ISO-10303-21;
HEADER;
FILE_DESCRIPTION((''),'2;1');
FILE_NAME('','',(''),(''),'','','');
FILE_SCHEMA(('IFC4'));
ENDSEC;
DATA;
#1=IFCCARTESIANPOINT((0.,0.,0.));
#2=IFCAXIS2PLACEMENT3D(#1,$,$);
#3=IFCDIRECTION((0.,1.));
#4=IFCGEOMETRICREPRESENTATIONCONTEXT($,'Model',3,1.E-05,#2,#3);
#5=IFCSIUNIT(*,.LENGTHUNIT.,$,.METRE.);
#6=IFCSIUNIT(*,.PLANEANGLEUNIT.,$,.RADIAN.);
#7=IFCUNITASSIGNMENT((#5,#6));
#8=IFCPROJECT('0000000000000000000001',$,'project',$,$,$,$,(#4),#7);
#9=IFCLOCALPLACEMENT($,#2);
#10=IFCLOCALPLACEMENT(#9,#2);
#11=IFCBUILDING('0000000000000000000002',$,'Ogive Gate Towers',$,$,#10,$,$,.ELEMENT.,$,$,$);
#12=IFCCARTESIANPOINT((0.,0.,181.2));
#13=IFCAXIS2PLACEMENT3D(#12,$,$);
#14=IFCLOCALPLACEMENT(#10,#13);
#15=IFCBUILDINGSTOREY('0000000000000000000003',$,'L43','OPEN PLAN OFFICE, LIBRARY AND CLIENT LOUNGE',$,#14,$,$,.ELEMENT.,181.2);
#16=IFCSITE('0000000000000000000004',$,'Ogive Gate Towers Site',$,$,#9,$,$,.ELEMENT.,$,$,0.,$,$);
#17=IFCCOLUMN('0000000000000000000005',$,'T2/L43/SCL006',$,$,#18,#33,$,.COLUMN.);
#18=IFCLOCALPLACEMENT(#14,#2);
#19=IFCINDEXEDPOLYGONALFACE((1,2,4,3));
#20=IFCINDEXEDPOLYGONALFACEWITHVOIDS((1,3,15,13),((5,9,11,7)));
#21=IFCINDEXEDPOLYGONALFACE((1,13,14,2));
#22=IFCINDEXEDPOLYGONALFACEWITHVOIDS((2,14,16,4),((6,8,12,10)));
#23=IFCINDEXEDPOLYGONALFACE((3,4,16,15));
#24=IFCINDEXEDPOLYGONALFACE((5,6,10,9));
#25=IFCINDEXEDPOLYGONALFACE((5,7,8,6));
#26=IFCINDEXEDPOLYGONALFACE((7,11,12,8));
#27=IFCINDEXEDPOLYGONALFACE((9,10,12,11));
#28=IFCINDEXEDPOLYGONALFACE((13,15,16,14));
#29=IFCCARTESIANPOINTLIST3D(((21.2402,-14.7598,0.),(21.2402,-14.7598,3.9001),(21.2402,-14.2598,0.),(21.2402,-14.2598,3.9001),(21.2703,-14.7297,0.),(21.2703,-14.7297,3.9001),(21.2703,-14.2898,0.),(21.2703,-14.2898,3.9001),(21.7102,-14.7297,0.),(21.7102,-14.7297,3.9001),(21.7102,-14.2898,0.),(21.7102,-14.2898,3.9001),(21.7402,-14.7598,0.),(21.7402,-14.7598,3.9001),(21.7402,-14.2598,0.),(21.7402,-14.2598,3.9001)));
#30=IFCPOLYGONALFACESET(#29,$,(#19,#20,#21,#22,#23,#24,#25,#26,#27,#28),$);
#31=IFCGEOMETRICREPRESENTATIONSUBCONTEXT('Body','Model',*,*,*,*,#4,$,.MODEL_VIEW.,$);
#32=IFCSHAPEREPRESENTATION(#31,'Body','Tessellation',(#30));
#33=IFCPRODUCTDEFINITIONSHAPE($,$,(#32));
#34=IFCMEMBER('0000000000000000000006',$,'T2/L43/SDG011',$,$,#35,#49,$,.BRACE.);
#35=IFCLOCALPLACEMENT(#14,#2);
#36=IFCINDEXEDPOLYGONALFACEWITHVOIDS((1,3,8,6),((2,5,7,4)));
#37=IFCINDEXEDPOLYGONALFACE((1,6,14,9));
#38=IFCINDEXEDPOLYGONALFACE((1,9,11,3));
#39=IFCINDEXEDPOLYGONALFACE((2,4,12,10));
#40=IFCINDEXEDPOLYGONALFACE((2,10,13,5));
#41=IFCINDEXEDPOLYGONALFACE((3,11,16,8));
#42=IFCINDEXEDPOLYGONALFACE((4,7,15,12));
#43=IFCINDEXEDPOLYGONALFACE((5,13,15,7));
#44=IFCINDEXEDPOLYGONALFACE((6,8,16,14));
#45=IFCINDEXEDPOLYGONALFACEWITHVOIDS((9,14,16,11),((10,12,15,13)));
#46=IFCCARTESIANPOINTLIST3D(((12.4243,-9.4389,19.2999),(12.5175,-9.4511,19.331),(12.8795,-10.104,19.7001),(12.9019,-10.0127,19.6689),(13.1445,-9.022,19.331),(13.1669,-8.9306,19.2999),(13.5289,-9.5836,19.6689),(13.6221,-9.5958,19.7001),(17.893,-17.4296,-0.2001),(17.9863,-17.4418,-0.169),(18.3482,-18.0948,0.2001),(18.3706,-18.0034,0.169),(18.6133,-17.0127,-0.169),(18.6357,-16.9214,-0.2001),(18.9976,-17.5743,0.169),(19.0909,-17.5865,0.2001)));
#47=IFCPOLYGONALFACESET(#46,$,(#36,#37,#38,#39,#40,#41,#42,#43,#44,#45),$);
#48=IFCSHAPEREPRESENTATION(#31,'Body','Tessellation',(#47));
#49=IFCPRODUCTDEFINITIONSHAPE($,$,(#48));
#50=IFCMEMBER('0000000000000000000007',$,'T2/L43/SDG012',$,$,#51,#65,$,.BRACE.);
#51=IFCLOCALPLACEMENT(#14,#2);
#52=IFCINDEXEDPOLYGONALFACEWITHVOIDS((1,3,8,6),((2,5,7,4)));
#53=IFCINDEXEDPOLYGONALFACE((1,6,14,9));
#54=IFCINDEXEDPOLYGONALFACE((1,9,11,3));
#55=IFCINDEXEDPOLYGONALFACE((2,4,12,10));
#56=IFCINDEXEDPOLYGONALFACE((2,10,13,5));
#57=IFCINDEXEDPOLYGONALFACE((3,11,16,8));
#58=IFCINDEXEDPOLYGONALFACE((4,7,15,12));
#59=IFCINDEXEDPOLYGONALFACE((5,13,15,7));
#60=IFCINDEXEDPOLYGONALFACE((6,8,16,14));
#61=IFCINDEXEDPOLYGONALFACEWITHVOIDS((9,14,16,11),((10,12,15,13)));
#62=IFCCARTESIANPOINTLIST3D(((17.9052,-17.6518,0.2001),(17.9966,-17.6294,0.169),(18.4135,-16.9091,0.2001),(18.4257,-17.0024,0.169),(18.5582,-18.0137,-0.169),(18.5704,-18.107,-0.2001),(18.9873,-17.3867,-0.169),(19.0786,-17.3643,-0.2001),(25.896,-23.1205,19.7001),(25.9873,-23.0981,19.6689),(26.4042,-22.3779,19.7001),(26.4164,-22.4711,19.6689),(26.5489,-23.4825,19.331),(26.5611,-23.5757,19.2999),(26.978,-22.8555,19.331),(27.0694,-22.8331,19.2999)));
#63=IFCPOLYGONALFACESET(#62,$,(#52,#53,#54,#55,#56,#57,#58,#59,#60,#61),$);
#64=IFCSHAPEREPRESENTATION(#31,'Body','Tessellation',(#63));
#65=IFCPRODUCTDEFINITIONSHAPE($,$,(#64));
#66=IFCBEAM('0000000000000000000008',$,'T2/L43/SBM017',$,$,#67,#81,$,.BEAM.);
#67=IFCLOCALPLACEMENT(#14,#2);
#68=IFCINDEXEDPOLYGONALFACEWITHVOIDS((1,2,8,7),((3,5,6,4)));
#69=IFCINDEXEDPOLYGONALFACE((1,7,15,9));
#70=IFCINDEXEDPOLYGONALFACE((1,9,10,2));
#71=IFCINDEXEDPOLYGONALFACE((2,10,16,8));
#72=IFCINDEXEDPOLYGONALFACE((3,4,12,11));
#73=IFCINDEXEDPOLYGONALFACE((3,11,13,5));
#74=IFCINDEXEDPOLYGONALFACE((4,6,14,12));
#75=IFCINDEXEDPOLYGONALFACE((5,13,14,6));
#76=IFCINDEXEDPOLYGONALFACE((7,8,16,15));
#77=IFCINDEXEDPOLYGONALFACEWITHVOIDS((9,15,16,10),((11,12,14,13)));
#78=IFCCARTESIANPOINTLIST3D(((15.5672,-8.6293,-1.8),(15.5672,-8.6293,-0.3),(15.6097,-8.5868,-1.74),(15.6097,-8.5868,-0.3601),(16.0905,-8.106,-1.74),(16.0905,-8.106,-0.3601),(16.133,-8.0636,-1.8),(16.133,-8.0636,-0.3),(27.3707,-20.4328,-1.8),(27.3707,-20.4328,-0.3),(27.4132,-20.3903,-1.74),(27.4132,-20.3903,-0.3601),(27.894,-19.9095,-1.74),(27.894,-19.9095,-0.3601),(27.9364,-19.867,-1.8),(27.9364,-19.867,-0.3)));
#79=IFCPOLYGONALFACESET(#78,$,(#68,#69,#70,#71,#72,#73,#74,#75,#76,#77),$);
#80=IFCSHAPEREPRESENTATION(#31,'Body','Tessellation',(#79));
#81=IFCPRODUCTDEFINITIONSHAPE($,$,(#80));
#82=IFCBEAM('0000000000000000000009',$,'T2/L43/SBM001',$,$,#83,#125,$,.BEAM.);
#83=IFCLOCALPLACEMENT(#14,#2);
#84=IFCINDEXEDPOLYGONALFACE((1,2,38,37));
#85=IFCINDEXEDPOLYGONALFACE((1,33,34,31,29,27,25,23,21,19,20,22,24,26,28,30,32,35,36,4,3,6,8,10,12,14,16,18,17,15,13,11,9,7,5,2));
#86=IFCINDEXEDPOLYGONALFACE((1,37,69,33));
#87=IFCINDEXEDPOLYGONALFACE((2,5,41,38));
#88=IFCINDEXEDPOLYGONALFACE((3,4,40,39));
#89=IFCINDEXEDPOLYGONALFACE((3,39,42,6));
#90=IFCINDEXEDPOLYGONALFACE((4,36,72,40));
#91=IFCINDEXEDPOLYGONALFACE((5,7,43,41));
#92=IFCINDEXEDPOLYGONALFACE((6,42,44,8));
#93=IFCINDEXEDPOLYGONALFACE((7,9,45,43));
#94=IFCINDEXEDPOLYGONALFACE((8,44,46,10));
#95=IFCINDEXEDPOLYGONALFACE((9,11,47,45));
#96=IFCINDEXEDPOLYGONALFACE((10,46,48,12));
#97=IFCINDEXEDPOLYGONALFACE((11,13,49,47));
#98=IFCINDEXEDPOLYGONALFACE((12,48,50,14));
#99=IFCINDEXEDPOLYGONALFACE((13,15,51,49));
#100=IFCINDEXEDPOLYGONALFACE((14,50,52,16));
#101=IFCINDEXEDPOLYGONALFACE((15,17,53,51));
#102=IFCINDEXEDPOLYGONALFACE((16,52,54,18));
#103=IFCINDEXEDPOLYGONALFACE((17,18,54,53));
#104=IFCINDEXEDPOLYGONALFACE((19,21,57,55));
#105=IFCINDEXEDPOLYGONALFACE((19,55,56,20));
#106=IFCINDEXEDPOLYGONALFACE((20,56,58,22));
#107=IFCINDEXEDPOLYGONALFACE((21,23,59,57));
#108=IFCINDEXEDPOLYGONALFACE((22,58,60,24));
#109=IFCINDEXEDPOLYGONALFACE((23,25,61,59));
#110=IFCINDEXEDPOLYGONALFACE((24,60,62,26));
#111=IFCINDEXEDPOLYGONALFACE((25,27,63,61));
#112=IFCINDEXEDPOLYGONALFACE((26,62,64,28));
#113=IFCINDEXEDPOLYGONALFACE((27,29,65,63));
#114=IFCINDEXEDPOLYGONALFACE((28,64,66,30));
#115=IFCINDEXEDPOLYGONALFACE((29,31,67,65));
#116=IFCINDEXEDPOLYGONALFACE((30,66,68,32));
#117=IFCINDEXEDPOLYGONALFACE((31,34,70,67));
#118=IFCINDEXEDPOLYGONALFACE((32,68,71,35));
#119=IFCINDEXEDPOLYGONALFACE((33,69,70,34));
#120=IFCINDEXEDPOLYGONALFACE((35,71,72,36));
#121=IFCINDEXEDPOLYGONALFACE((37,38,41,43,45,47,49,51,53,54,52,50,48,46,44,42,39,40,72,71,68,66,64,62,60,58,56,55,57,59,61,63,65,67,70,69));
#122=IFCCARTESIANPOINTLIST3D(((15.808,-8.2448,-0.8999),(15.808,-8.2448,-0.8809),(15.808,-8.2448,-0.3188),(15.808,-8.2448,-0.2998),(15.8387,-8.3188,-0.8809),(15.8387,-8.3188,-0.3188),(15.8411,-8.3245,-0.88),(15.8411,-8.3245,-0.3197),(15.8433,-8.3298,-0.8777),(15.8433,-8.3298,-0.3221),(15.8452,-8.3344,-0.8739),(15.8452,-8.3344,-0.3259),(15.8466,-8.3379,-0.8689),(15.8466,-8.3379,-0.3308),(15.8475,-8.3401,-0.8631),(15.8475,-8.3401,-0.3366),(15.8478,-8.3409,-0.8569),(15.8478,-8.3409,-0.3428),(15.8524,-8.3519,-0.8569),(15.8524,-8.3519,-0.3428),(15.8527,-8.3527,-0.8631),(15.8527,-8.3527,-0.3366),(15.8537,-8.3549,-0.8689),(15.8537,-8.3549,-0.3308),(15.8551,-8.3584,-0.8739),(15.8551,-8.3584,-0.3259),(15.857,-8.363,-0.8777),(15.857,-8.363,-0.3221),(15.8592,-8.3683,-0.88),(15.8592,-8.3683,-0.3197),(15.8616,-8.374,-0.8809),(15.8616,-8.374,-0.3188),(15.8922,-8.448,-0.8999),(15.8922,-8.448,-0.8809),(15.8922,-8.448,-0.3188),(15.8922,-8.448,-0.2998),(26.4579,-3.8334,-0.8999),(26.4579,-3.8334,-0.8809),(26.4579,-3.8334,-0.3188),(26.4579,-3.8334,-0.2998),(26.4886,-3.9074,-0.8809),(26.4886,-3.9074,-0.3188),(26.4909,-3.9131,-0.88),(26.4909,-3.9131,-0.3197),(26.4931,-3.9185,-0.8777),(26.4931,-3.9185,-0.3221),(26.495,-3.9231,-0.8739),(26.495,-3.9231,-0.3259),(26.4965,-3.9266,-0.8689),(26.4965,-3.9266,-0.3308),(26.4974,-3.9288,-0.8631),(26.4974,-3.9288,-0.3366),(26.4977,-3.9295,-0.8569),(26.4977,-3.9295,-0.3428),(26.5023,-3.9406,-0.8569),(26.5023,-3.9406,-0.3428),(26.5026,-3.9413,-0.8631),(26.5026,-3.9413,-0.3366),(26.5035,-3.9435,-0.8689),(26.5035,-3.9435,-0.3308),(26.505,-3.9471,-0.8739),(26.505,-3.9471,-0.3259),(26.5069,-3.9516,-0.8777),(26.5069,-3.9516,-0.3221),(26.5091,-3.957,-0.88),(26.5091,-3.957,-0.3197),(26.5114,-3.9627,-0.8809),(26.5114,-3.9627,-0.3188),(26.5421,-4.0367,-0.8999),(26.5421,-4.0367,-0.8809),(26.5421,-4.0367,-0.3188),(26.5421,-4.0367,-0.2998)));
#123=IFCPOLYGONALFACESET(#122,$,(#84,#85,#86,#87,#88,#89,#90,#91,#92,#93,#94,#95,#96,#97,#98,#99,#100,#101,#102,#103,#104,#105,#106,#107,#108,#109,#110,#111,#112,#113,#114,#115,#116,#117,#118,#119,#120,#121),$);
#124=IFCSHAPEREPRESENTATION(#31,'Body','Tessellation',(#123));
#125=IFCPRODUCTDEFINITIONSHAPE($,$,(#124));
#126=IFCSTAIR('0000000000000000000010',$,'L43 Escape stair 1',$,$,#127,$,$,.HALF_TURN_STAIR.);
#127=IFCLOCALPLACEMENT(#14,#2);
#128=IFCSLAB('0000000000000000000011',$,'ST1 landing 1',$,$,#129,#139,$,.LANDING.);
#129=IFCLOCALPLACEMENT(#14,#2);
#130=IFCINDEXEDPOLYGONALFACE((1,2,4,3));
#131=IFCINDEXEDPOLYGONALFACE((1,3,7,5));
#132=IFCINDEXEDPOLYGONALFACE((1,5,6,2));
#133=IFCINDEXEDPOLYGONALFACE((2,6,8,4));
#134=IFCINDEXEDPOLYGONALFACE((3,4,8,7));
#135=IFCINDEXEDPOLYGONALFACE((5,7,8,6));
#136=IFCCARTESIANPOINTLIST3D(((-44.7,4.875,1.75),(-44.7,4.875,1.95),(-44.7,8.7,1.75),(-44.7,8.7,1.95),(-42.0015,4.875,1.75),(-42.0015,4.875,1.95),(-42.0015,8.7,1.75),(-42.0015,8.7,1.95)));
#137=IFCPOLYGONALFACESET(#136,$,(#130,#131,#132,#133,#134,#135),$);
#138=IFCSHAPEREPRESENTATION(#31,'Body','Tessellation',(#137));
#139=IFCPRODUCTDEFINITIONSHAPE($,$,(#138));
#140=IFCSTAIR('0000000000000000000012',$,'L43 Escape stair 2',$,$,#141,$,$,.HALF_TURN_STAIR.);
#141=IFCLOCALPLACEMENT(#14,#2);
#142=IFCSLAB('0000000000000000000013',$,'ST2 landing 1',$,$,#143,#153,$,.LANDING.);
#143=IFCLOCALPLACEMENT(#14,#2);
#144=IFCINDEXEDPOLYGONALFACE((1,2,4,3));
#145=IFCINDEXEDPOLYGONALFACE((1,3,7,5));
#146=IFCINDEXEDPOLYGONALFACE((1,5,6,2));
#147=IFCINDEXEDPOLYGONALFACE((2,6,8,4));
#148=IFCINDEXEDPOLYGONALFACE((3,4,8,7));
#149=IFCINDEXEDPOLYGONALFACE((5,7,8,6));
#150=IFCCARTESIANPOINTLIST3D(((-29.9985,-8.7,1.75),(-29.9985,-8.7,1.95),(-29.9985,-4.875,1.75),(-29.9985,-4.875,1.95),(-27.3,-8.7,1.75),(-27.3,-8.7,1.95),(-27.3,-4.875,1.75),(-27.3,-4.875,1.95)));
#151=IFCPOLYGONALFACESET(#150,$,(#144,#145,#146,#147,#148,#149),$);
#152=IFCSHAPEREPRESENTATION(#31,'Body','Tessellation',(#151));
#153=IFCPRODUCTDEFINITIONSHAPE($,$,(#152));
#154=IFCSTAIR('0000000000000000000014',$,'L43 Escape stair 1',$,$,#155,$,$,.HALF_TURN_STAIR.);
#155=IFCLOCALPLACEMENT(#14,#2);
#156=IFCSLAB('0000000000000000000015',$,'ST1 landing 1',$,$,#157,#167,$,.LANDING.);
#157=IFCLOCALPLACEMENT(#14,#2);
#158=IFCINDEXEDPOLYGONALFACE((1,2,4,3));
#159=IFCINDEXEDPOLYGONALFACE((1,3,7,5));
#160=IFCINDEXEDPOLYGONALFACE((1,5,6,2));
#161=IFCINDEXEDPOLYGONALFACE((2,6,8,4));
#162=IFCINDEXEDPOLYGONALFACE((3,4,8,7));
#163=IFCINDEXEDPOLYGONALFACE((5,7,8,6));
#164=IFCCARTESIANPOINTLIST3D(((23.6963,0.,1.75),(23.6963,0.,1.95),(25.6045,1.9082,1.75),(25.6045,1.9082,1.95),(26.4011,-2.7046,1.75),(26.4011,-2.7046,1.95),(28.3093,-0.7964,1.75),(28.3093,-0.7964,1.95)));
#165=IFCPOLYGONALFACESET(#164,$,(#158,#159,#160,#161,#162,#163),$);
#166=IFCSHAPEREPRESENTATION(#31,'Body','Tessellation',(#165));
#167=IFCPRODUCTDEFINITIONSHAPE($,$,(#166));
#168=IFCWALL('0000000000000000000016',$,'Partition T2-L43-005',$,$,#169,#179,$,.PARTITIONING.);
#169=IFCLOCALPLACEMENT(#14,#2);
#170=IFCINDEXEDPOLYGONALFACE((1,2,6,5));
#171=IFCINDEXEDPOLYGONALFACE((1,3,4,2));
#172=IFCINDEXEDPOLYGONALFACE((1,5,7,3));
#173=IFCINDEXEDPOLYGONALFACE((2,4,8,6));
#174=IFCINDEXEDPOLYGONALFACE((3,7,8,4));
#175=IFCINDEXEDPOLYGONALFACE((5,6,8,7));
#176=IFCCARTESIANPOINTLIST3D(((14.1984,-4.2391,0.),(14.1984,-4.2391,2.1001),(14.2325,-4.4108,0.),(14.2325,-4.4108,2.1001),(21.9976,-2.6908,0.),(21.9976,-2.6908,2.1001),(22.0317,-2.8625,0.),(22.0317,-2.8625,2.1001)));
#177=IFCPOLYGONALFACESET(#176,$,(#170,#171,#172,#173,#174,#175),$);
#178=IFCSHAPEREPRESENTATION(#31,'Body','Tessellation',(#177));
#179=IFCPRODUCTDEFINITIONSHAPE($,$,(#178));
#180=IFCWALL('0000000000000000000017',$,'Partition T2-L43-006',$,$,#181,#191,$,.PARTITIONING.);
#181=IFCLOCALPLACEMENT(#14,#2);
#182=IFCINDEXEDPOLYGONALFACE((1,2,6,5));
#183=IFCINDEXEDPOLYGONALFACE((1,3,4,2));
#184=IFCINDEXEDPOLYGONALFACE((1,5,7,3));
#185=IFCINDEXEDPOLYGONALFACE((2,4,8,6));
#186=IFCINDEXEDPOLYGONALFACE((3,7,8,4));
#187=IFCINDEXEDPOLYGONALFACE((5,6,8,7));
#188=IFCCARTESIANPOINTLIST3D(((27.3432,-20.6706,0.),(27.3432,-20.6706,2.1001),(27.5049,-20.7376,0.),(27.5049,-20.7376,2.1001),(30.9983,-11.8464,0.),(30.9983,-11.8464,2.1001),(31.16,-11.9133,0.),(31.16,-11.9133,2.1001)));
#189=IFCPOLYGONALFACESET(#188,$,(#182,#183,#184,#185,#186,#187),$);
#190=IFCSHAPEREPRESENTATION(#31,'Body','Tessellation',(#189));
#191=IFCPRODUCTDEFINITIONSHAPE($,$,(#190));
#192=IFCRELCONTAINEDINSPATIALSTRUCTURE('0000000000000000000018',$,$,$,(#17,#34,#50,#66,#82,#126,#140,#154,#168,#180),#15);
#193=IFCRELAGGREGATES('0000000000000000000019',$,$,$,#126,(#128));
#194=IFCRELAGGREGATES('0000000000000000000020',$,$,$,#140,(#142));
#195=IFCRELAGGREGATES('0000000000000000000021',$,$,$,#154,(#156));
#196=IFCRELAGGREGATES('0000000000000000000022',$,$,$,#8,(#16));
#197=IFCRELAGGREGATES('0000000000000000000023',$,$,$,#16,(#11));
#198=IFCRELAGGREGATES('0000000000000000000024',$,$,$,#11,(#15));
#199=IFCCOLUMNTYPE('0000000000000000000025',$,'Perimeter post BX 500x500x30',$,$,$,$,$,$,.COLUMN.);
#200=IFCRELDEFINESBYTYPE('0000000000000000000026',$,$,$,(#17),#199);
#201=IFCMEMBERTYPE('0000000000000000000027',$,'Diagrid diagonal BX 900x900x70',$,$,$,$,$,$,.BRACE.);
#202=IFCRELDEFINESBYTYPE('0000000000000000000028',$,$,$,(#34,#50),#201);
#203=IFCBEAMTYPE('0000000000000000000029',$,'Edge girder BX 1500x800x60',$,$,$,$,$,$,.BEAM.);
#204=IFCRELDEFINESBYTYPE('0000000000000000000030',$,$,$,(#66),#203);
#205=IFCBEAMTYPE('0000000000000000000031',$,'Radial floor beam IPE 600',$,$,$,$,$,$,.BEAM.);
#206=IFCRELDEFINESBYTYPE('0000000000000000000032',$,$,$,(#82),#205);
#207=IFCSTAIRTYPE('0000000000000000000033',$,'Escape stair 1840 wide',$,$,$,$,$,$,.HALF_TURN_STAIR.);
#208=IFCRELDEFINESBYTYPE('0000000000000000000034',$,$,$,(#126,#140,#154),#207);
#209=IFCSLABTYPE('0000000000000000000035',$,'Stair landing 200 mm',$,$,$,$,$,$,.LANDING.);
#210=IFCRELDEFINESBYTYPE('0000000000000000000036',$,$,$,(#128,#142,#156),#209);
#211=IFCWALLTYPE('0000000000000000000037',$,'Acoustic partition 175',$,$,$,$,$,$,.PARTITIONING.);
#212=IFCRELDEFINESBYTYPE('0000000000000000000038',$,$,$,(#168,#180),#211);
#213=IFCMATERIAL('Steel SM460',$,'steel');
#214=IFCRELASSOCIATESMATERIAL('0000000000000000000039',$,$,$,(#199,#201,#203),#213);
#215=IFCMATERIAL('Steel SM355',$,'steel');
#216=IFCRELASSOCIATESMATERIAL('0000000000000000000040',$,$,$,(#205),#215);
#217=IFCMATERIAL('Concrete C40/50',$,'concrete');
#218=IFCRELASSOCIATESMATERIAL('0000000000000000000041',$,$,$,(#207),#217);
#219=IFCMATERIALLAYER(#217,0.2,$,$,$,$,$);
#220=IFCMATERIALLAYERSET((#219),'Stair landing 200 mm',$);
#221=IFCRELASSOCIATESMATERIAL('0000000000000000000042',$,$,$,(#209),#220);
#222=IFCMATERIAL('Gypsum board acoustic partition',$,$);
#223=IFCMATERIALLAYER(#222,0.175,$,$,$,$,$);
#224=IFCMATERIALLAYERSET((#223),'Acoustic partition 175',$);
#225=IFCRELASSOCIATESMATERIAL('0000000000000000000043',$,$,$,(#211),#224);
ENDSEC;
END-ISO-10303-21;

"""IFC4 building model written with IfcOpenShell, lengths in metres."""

from ifc_helpers import new_model, si_unit, direction, frame, frame_2d, origin, origin_2d, place, context, subcontext, project, spatial, polyline, rectangle, hollow_rectangle, i_section, outline, extrude, material, layer, layer_set, material_profile, profile_set, type_object, element, aggregate, save


model = new_model("IFC4")

# Units and contexts
model_context = context("Model", 3, precision=1e-05, world=origin(), true_north=direction((0.0, 1.0)))
body_context = subcontext(model_context, "Body", "Model", "MODEL_VIEW")
ifc_project = project(units=[si_unit("LENGTHUNIT", "METRE"), si_unit("PLANEANGLEUNIT", "RADIAN")], contexts=[model_context])

# Site, building, storey
site_placement = place(None, origin())
site = spatial("IfcSite", under=ifc_project, at=site_placement, Name="Ogive Gate Towers Site", CompositionType="ELEMENT", RefElevation=0.0)
building_placement = place(site_placement, origin())
building = spatial("IfcBuilding", under=site, at=building_placement, Name="Ogive Gate Towers", CompositionType="ELEMENT")
storey_placement = place(building_placement, frame((0.0, 0.0, 181.2)))
storey = spatial("IfcBuildingStorey", under=building, at=storey_placement, Name="L43", Description="OPEN PLAN OFFICE, LIBRARY AND CLIENT LOUNGE", CompositionType="ELEMENT", Elevation=181.2)

# Column
ifc_material_1 = material(Name="Steel SM460", Category="steel")
ifc_material_profile_1 = material_profile(ifc_material_1, hollow_rectangle(XDim=0.5, YDim=0.5, WallThickness=0.03, at=origin_2d()), Name="BX 500x500x30")
ifc_profile_set_1 = profile_set([ifc_material_profile_1], Name="Steel SM460")
column_type = type_object("IfcColumnType", Name="Perimeter post BX 500x500x30", PredefinedType="COLUMN", material=ifc_profile_set_1)
column_placement = place(storey_placement, frame((21.4902, -14.5098, 0.0), z_axis=(0.0, 0.0, 1.0), x_axis=(1.0, 0.0, 0.0)))
element("IfcColumn", 1, at=column_placement, inside=storey, type_object=column_type, Name="T2/L43/SCL006", PredefinedType="COLUMN", context=body_context, shape_type="SweptSolid", body=[
    extrude(hollow_rectangle(XDim=0.5, YDim=0.5, WallThickness=0.03, at=origin_2d()), origin(), (0.0, 0.0, 1.0), 3.9001),
])

# Members
ifc_material_profile_2 = material_profile(ifc_material_1, hollow_rectangle(XDim=0.8999, YDim=0.8999, WallThickness=0.0701, at=origin_2d()), Name="BX 900x900x70")
ifc_profile_set_2 = profile_set([ifc_material_profile_2], Name="Steel SM460")
member_type = type_object("IfcMemberType", Name="Diagrid diagonal BX 900x900x70", PredefinedType="BRACE", material=ifc_profile_set_2)
for number, where, z_axis, x_axis, name in (
    (2, (18.4919, -17.5081, 0.0), (-0.251186, 0.367023, 0.895656), (-0.825239, -0.564783, 0.0), "T2/L43/SDG011"),
    (3, (18.4919, -17.5081, 0.0), (0.367023, -0.251186, 0.895656), (0.564783, 0.825239, 0.0), "T2/L43/SDG012"),
):
    element("IfcMember", number, at=place(storey_placement, frame(where, z_axis=z_axis, x_axis=x_axis)), inside=storey, type_object=member_type, Name=name, PredefinedType="BRACE", context=body_context, shape_type="SweptSolid", body=[
        extrude(hollow_rectangle(XDim=0.8999, YDim=0.8999, WallThickness=0.0701, at=origin_2d()), origin(), (0.0, 0.0, 1.0), 21.7717),
    ])

# Beams
ifc_material_profile_3 = material_profile(ifc_material_1, hollow_rectangle(XDim=0.8, YDim=1.5, WallThickness=0.0601, at=origin_2d()), Name="BX 1500x800x60")
ifc_profile_set_3 = profile_set([ifc_material_profile_3], Name="Steel SM460")
beam_type_1 = type_object("IfcBeamType", Name="Edge girder BX 1500x800x60", PredefinedType="BEAM", material=ifc_profile_set_3)
beam_1_placement = place(storey_placement, frame((15.8501, -8.3464, -1.05), z_axis=(0.707107, -0.707107, 0.0), x_axis=(0.707107, 0.707107, 0.0)))
element("IfcBeam", 4, at=beam_1_placement, inside=storey, type_object=beam_type_1, Name="T2/L43/SBM017", PredefinedType="BEAM", context=body_context, shape_type="SweptSolid", body=[
    extrude(hollow_rectangle(XDim=0.8, YDim=1.5, WallThickness=0.0601, at=origin_2d()), origin(), (0.0, 0.0, 1.0), 16.6926),
])
ifc_material_2 = material(Name="Steel SM355", Category="steel")
ifc_material_profile_4 = material_profile(ifc_material_2, i_section(OverallWidth=0.22, OverallDepth=0.6001, WebThickness=0.012, FlangeThickness=0.019, FilletRadius=0.0239, at=origin_2d()), Name="IPE 600")
ifc_profile_set_4 = profile_set([ifc_material_profile_4], Name="Steel SM355")
beam_type_2 = type_object("IfcBeamType", Name="Radial floor beam IPE 600", PredefinedType="BEAM", material=ifc_profile_set_4)
beam_2_placement = place(storey_placement, frame((26.5, -3.9351, -0.5999), z_axis=(-0.923878, -0.382687, 0.0), x_axis=(0.382687, -0.923878, 0.0)))
element("IfcBeam", 5, at=beam_2_placement, inside=storey, type_object=beam_type_2, Name="T2/L43/SBM001", PredefinedType="BEAM", context=body_context, shape_type="SweptSolid", body=[
    extrude(i_section(OverallWidth=0.22, OverallDepth=0.6001, WebThickness=0.012, FlangeThickness=0.019, FilletRadius=0.0239, at=origin_2d()), origin(), (0.0, 0.0, 1.0), 11.5273),
])

# Stairs, slabs
ifc_material_3 = material(Name="Concrete C40/50", Category="concrete")
stair_type = type_object("IfcStairType", Name="Escape stair 1840 wide", PredefinedType="HALF_TURN_STAIR", material=ifc_material_3)
stair_1_placement = place(storey_placement, origin())
stair_1 = element("IfcStair", 6, at=stair_1_placement, inside=storey, type_object=stair_type, Name="L43 Escape stair 1", PredefinedType="HALF_TURN_STAIR")
ifc_layer_1 = layer(ifc_material_3, 0.2)
ifc_layer_set_1 = layer_set([ifc_layer_1], Name="Stair landing 200 mm")
slab_type = type_object("IfcSlabType", Name="Stair landing 200 mm", PredefinedType="LANDING", material=ifc_layer_set_1)
slab_1_placement = place(storey_placement, frame((0.0, 0.0, 1.75)))
slab_1 = element("IfcSlab", 7, at=slab_1_placement, type_object=slab_type, Name="ST1 landing 1", PredefinedType="LANDING", context=body_context, shape_type="SweptSolid", body=[
    extrude(outline(polyline([(-42.0015, 8.7), (-44.7, 8.7), (-44.7, 4.875), (-42.0015, 4.875), (-42.0015, 8.7)])), origin(), (0.0, 0.0, 1.0), 0.2),
])
aggregate(stair_1, [slab_1])
stair_2_placement = place(storey_placement, origin())
stair_2 = element("IfcStair", 8, at=stair_2_placement, inside=storey, type_object=stair_type, Name="L43 Escape stair 2", PredefinedType="HALF_TURN_STAIR")
slab_2_placement = place(storey_placement, frame((0.0, 0.0, 1.75)))
slab_2 = element("IfcSlab", 9, at=slab_2_placement, type_object=slab_type, Name="ST2 landing 1", PredefinedType="LANDING", context=body_context, shape_type="SweptSolid", body=[
    extrude(outline(polyline([(-29.9985, -8.7), (-27.3, -8.7), (-27.3, -4.875), (-29.9985, -4.875), (-29.9985, -8.7)])), origin(), (0.0, 0.0, 1.0), 0.2),
])
aggregate(stair_2, [slab_2])
stair_3_placement = place(storey_placement, origin())
stair_3 = element("IfcStair", 10, at=stair_3_placement, inside=storey, type_object=stair_type, Name="L43 Escape stair 1", PredefinedType="HALF_TURN_STAIR")
slab_3_placement = place(storey_placement, frame((0.0, 0.0, 1.75)))
slab_3 = element("IfcSlab", 11, at=slab_3_placement, type_object=slab_type, Name="ST1 landing 1", PredefinedType="LANDING", context=body_context, shape_type="SweptSolid", body=[
    extrude(outline(polyline([(25.6045, 1.9082), (23.6963, 0.0), (26.4011, -2.7046), (28.3093, -0.7964), (25.6045, 1.9082)])), origin(), (0.0, 0.0, 1.0), 0.2),
])
aggregate(stair_3, [slab_3])

# Walls
ifc_material_4 = material(Name="Gypsum board acoustic partition")
ifc_layer_2 = layer(ifc_material_4, 0.175)
ifc_layer_set_2 = layer_set([ifc_layer_2], Name="Acoustic partition 175")
wall_type_1 = type_object("IfcWallType", Name="Acoustic partition 175", PredefinedType="PARTITIONING", material=ifc_layer_set_2)
wall_1_placement = place(storey_placement, frame((14.2156, -4.325, 0.0), z_axis=(0.0, 0.0, 1.0), x_axis=(0.980858, 0.194722, 0.0)))
element("IfcWall", 12, at=wall_1_placement, inside=storey, type_object=wall_type_1, Name="Partition T2-L43-005", PredefinedType="PARTITIONING", context=body_context, shape_type="SweptSolid", body=[
    extrude(rectangle(XDim=7.9514, YDim=0.175, at=frame_2d((3.9756, 0.0))), origin(), (0.0, 0.0, 1.0), 2.1001),
])
wall_2_placement = place(storey_placement, frame((27.4241, -20.7041, 0.0), z_axis=(0.0, 0.0, 1.0), x_axis=(0.382676, 0.923883, 0.0)))
element("IfcWall", 13, at=wall_2_placement, inside=storey, type_object=wall_type_1, Name="Partition T2-L43-006", PredefinedType="PARTITIONING", context=body_context, shape_type="SweptSolid", body=[
    extrude(rectangle(XDim=9.5513, YDim=0.175, at=frame_2d((4.7756, 0.0))), origin(), (0.0, 0.0, 1.0), 2.1001),
])

save(model, "model.ifc")
